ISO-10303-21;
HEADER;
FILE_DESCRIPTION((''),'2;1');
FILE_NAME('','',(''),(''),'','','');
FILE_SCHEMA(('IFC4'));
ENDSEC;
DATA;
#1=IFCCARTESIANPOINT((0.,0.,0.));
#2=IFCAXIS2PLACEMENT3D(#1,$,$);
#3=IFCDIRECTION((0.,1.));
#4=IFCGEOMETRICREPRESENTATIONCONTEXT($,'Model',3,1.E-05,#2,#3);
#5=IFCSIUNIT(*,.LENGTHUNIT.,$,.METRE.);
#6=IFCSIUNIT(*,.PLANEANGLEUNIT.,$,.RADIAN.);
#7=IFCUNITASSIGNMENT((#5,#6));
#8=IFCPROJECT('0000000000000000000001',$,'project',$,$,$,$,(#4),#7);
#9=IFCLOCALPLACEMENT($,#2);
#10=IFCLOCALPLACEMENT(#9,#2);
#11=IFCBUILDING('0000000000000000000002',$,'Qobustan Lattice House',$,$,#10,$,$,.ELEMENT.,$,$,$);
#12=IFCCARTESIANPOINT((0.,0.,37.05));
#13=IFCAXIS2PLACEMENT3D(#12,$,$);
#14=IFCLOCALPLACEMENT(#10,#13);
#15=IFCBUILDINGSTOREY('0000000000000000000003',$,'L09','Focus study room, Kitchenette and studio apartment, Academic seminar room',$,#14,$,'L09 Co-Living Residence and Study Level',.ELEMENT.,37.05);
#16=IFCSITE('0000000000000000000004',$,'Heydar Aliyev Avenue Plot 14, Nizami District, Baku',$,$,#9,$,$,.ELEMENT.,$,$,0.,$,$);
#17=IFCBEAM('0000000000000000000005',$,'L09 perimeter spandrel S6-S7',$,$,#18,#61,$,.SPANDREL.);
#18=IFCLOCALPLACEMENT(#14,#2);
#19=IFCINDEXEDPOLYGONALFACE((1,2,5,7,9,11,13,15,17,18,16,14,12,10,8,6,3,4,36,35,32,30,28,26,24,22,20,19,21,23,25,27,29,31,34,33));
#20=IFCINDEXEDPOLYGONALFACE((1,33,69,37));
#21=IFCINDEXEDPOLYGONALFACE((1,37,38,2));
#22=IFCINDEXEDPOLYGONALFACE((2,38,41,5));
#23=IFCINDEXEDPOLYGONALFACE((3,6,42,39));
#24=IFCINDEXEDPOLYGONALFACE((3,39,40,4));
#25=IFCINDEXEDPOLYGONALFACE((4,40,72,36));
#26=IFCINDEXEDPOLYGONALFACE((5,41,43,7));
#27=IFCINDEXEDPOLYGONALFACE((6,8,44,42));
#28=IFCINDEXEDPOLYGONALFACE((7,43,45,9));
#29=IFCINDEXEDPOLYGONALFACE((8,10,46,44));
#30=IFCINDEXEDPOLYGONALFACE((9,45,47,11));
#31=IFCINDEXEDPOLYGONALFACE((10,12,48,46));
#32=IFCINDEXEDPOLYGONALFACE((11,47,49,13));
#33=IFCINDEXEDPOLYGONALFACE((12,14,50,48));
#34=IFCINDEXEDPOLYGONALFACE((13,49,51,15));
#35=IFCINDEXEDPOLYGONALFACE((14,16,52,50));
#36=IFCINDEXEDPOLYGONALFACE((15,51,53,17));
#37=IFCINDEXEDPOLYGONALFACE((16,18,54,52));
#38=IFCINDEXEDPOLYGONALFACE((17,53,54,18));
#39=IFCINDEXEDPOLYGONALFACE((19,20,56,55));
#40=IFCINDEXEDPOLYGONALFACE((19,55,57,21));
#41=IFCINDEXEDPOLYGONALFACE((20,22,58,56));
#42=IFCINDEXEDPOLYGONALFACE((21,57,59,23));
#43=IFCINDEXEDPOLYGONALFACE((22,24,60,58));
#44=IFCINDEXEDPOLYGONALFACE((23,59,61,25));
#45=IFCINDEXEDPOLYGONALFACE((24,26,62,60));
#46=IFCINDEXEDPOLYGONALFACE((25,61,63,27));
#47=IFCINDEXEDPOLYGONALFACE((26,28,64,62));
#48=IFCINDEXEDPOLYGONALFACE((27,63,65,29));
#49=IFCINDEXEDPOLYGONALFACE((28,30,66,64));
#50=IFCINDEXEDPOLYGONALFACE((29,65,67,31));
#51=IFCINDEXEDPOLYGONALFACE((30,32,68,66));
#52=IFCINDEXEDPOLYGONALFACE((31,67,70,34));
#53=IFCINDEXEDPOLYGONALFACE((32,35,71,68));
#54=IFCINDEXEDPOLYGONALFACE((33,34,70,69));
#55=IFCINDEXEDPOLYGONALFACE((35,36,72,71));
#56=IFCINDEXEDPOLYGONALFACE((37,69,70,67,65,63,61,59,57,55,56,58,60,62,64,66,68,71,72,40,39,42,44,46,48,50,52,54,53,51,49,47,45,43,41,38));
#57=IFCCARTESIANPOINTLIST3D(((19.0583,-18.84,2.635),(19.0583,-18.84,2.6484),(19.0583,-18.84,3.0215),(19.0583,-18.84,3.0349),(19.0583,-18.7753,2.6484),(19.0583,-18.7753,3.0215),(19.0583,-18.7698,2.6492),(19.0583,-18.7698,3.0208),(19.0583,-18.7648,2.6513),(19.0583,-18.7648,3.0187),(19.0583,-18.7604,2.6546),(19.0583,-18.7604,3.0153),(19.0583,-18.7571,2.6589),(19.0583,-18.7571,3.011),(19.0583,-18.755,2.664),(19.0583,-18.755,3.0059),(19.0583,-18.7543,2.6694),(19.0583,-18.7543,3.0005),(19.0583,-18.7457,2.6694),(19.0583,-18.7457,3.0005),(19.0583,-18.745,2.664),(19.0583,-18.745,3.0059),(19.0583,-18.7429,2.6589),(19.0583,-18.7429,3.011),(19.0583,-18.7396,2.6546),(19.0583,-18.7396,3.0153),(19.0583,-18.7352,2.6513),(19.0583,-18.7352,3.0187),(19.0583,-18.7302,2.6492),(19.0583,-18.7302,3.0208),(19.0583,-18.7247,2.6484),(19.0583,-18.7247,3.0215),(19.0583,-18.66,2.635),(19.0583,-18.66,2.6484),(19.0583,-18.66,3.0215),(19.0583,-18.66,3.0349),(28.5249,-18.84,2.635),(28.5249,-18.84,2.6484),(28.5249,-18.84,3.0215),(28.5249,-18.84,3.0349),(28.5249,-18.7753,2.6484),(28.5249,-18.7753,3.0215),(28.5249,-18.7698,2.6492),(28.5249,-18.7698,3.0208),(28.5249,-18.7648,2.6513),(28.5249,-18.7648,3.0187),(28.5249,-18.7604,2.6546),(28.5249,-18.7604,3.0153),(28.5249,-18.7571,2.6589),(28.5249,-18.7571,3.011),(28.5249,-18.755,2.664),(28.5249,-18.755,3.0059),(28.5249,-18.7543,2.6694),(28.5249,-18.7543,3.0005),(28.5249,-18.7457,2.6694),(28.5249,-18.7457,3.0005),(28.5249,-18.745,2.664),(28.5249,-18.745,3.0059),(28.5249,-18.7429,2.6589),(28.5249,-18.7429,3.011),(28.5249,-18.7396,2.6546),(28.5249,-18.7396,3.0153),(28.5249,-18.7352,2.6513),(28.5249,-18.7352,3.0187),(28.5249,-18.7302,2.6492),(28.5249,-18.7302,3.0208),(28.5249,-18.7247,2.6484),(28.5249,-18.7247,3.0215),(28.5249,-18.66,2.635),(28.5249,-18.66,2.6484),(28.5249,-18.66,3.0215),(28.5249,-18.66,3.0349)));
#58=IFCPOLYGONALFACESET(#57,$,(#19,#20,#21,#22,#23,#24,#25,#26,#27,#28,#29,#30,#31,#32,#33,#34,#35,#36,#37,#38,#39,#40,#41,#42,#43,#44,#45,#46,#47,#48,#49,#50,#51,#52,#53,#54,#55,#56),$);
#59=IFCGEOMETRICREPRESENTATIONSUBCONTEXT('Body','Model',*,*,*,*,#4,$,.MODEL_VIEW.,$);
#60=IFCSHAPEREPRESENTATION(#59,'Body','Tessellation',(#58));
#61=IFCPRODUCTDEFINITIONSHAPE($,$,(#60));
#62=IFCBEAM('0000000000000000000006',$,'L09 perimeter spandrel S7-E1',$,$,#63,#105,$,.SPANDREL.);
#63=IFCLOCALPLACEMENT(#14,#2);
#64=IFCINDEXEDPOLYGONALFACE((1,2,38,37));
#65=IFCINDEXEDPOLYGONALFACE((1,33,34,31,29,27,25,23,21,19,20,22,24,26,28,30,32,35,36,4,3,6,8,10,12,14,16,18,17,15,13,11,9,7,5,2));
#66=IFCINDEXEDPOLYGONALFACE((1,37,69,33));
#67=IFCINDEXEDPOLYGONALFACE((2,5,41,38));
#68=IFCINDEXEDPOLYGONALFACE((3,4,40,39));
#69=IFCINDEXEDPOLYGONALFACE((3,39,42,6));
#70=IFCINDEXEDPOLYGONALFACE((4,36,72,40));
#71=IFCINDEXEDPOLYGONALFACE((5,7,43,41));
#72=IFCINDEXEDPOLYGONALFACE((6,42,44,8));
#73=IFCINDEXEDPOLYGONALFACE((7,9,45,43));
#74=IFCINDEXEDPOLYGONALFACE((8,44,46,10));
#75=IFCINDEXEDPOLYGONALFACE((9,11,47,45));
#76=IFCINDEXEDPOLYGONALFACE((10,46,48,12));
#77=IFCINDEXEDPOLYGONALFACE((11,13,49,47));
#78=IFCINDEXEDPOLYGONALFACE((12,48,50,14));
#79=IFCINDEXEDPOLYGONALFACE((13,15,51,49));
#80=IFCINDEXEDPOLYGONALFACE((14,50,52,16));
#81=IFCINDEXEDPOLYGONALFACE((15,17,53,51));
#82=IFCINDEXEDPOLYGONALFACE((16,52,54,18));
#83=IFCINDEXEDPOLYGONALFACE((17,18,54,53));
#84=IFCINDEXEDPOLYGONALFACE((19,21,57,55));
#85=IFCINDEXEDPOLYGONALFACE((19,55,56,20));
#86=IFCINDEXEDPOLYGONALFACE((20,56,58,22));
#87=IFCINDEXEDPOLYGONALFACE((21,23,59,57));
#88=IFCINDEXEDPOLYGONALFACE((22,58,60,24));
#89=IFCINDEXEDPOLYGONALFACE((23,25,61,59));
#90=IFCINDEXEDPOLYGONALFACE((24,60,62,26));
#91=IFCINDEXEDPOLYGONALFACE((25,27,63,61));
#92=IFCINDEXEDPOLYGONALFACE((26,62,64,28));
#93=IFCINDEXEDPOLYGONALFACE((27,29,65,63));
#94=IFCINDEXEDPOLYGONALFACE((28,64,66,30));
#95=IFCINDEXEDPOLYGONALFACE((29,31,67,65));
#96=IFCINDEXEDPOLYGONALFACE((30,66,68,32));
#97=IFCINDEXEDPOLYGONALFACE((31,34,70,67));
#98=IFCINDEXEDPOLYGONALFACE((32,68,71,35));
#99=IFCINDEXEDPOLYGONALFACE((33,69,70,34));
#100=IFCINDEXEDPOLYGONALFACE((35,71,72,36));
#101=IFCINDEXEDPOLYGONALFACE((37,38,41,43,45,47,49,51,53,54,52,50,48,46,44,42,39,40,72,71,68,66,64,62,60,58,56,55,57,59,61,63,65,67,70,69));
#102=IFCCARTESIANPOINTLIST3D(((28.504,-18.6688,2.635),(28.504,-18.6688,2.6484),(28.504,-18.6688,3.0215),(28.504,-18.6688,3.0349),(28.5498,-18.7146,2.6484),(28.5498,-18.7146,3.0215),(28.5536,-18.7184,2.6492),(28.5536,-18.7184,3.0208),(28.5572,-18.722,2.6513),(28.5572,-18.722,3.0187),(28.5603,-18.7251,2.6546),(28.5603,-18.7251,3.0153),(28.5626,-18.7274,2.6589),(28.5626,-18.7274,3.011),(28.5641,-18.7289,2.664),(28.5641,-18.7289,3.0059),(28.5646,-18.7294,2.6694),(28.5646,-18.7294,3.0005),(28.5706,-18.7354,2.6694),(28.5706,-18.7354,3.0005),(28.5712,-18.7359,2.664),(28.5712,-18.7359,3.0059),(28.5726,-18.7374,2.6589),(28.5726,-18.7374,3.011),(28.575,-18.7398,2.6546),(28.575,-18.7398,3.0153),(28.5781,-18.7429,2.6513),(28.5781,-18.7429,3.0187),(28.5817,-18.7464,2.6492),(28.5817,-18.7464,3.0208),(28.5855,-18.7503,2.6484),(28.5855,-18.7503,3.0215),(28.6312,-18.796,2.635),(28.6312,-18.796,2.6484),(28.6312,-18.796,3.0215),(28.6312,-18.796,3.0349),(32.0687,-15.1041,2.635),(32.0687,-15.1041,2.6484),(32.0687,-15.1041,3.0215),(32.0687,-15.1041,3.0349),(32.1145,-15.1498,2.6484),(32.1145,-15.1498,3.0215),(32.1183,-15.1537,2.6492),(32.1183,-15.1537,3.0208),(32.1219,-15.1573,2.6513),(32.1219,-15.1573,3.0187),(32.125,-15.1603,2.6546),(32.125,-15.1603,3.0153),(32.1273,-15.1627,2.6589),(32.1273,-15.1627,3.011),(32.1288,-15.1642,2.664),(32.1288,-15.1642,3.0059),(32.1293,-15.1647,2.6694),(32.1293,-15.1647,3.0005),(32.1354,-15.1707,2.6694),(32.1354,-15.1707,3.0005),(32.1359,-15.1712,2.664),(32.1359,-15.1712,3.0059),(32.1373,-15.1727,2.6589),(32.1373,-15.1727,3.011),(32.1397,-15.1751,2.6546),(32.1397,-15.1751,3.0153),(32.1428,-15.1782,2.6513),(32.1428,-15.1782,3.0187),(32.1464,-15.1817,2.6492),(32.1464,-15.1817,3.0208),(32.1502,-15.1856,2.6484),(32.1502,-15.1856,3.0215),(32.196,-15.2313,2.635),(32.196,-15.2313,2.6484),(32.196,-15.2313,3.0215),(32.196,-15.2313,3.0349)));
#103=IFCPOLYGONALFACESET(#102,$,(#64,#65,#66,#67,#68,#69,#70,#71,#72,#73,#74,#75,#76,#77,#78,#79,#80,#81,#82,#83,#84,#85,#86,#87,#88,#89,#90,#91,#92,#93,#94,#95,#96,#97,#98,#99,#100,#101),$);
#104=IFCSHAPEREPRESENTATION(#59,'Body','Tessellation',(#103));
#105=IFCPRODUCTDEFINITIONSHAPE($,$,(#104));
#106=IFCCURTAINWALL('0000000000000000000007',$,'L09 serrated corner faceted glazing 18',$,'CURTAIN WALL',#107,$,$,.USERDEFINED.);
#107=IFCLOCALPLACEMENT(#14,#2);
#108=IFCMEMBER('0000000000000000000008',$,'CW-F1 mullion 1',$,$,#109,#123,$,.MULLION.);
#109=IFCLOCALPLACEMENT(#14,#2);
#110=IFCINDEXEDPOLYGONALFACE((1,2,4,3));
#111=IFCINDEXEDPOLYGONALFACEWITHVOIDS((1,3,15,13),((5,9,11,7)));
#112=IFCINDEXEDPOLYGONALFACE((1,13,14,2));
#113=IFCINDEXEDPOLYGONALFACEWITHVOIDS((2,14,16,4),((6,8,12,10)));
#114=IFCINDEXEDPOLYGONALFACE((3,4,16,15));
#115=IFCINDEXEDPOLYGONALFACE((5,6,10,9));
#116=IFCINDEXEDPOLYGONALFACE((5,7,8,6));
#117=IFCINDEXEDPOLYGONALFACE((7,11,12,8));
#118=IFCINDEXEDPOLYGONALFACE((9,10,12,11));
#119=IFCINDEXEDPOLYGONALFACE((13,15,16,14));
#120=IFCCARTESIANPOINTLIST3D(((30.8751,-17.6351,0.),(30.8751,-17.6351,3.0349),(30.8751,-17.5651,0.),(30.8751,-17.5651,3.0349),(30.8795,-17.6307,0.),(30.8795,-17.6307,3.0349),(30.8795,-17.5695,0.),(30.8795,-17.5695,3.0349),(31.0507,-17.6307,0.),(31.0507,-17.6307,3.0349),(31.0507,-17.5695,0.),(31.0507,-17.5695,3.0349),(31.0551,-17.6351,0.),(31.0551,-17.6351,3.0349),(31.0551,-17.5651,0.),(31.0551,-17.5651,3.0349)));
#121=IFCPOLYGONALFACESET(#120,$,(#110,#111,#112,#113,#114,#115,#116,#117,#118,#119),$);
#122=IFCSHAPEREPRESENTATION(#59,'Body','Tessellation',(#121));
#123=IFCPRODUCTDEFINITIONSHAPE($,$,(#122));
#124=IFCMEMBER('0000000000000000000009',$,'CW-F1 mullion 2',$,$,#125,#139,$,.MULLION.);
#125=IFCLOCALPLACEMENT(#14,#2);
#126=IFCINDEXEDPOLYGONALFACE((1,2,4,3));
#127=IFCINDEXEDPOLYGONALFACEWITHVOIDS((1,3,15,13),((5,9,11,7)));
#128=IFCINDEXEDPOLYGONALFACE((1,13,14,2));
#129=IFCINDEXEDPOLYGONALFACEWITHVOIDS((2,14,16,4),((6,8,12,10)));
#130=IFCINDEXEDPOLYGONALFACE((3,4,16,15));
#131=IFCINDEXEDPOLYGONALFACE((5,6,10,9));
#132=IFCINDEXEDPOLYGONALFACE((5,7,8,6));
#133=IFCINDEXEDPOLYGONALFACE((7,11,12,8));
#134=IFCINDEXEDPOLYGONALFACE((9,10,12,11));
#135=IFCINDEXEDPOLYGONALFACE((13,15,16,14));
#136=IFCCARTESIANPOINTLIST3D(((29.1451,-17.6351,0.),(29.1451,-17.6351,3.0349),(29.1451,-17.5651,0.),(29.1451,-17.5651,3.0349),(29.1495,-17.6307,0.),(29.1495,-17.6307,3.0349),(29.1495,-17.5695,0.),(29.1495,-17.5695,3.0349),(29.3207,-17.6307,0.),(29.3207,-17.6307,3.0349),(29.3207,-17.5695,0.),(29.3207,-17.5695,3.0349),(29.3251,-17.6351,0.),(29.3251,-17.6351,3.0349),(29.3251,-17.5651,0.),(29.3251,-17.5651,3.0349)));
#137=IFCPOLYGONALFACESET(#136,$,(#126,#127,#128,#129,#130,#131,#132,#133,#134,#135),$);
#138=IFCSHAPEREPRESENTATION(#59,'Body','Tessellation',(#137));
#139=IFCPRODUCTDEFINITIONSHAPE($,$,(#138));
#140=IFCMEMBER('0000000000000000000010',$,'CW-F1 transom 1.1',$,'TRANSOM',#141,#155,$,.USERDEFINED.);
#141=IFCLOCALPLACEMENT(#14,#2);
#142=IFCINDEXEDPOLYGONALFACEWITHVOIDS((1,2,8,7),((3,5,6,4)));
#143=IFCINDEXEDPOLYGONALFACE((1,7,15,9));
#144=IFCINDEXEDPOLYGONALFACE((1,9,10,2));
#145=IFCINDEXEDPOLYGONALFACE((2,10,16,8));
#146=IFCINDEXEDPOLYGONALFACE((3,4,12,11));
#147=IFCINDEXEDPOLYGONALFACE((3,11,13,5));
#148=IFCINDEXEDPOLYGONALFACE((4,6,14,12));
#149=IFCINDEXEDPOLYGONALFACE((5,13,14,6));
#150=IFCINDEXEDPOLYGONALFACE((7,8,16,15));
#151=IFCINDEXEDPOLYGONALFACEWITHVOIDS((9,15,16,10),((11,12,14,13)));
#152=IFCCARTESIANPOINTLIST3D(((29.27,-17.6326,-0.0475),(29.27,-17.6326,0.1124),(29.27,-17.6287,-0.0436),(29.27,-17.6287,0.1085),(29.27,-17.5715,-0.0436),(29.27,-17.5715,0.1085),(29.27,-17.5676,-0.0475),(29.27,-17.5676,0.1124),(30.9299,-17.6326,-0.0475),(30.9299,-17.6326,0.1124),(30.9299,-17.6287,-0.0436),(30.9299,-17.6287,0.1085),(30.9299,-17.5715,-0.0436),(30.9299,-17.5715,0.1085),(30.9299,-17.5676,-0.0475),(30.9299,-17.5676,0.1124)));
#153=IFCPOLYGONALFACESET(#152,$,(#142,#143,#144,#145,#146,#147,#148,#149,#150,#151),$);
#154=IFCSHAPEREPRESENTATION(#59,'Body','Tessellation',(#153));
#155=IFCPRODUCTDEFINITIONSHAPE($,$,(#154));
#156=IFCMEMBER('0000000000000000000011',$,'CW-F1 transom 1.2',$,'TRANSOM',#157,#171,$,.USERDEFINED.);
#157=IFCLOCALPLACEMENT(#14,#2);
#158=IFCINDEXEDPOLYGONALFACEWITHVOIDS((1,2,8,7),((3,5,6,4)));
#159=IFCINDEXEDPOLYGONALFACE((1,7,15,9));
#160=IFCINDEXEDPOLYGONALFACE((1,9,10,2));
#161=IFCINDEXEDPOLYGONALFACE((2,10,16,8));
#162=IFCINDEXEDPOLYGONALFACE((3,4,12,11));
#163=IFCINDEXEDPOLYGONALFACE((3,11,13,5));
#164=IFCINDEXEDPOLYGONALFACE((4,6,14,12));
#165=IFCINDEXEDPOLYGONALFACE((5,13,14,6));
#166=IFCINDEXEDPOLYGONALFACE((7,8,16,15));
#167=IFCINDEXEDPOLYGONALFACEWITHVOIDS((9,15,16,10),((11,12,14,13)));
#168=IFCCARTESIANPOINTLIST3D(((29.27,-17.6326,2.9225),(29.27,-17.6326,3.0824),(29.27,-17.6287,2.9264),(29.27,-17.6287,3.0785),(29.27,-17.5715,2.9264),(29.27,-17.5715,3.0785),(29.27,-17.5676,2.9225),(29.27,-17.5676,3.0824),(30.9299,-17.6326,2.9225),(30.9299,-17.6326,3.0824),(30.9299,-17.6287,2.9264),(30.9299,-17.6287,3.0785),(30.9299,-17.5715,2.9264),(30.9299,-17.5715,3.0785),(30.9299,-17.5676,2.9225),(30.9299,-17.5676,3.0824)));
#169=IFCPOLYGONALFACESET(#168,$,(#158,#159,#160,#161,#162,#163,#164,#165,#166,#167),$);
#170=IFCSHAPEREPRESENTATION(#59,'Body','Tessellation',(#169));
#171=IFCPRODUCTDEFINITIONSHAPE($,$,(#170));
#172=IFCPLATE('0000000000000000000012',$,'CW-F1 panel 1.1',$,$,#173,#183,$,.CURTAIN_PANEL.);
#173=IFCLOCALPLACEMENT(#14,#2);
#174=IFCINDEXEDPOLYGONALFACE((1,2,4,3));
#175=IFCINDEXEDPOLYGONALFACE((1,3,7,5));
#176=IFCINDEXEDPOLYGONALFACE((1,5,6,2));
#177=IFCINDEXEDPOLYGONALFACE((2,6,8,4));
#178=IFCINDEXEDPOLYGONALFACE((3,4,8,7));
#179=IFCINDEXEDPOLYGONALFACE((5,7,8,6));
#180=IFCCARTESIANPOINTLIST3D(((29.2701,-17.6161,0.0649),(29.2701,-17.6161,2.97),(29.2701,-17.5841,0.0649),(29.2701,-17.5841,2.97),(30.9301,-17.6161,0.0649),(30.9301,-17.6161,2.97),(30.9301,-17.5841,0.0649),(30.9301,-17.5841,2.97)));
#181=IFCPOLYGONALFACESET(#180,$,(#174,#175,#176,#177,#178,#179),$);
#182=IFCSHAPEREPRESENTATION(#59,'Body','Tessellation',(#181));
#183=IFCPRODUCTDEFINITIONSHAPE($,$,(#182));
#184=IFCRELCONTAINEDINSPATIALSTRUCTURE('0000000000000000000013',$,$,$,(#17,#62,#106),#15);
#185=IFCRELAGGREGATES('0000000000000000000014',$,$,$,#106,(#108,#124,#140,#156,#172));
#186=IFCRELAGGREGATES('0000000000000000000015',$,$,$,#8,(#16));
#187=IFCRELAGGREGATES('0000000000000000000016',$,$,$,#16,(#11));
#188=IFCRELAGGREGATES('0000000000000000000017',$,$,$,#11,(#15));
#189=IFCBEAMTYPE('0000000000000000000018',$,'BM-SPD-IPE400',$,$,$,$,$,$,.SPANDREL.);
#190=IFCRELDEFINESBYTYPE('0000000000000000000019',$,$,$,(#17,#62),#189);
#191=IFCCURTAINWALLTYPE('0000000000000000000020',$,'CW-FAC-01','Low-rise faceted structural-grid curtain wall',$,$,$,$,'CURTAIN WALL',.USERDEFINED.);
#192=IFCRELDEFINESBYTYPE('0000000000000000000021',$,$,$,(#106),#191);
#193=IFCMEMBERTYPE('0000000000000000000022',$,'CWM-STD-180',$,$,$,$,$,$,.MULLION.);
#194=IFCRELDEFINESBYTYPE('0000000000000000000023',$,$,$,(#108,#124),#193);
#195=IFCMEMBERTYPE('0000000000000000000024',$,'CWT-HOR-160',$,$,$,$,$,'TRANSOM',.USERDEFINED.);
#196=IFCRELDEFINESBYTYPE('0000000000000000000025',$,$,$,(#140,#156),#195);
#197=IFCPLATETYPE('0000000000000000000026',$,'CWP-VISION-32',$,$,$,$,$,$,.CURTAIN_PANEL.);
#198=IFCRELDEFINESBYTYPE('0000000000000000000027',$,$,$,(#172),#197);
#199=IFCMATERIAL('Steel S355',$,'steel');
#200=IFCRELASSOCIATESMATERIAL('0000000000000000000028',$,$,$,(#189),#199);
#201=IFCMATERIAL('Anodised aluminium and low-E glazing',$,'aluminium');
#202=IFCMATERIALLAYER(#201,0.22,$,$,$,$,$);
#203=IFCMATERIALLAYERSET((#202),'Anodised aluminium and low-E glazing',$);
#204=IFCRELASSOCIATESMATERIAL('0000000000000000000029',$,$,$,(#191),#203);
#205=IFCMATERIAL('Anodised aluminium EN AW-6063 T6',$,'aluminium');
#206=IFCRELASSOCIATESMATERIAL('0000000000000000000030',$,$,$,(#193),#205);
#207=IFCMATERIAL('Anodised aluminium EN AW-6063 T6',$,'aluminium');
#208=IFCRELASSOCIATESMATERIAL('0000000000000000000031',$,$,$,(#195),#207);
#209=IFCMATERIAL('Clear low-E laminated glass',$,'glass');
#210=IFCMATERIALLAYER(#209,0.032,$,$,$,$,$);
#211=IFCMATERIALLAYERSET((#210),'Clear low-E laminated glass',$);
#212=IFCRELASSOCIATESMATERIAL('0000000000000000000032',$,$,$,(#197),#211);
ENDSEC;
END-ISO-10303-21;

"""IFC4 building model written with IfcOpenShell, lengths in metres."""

from ifc_helpers import new_model, si_unit, direction, frame, origin, origin_2d, place, context, subcontext, project, spatial, rectangle, hollow_rectangle, i_section, extrude, material, layer, layer_set, material_profile, profile_set, type_object, element, aggregate, save


model = new_model("IFC4")

# Units and contexts
model_context = context("Model", 3, precision=1e-05, world=origin(), true_north=direction((0.0, 1.0)))
body_context = subcontext(model_context, "Body", "Model", "MODEL_VIEW")
ifc_project = project(units=[si_unit("LENGTHUNIT", "METRE"), si_unit("PLANEANGLEUNIT", "RADIAN")], contexts=[model_context])

# Site, building, storey
site_placement = place(None, origin())
site = spatial("IfcSite", under=ifc_project, at=site_placement, Name="Heydar Aliyev Avenue Plot 14, Nizami District, Baku", CompositionType="ELEMENT", RefElevation=0.0)
building_placement = place(site_placement, origin())
building = spatial("IfcBuilding", under=site, at=building_placement, Name="Qobustan Lattice House", CompositionType="ELEMENT")
storey_placement = place(building_placement, frame((0.0, 0.0, 37.05)))
storey = spatial("IfcBuildingStorey", under=building, at=storey_placement, Name="L09", Description="Focus study room, Kitchenette and studio apartment, Academic seminar room", LongName="L09 Co-Living Residence and Study Level", CompositionType="ELEMENT", Elevation=37.05)

# Beams
ifc_material_1 = material(Name="Steel S355", Category="steel")
ifc_material_profile_1 = material_profile(ifc_material_1, i_section(OverallWidth=0.1799, OverallDepth=0.3999, WebThickness=0.0085, FlangeThickness=0.0134, FilletRadius=0.021, at=origin_2d()), Name="IPE400")
ifc_profile_set_1 = profile_set([ifc_material_profile_1], Name="Steel S355")
beam_type_1 = type_object("IfcBeamType", Name="BM-SPD-IPE400", PredefinedType="SPANDREL", material=ifc_profile_set_1)
beam_1_placement = place(storey_placement, frame((19.0583, -18.75, 2.835), z_axis=(1.0, 0.0, 0.0), x_axis=(0.0, 1.0, 0.0)))
element("IfcBeam", 1, at=beam_1_placement, inside=storey, type_object=beam_type_1, Name="L09 perimeter spandrel S6-S7", PredefinedType="SPANDREL", context=body_context, shape_type="SweptSolid", body=[
    extrude(i_section(OverallWidth=0.1799, OverallDepth=0.3999, WebThickness=0.0085, FlangeThickness=0.0134, FilletRadius=0.021, at=origin_2d()), origin(), (0.0, 0.0, 1.0), 9.4666),
])
beam_2_placement = place(storey_placement, frame((28.5676, -18.7324, 2.835), z_axis=(0.707107, 0.707107, 0.0), x_axis=(-0.707107, 0.707107, 0.0)))
element("IfcBeam", 2, at=beam_2_placement, inside=storey, type_object=beam_type_1, Name="L09 perimeter spandrel S7-E1", PredefinedType="SPANDREL", context=body_context, shape_type="SweptSolid", body=[
    extrude(i_section(OverallWidth=0.1799, OverallDepth=0.3999, WebThickness=0.0085, FlangeThickness=0.0134, FilletRadius=0.021, at=origin_2d()), origin(), (0.0, 0.0, 1.0), 5.0413),
])

# Curtain wall, members, plate
ifc_material_2 = material(Name="Anodised aluminium and low-E glazing", Category="aluminium")
ifc_layer_1 = layer(ifc_material_2, 0.22)
ifc_layer_set_1 = layer_set([ifc_layer_1], Name="Anodised aluminium and low-E glazing")
curtain_wall_type = type_object("IfcCurtainWallType", Name="CW-FAC-01", Description="Low-rise faceted structural-grid curtain wall", ElementType="CURTAIN WALL", PredefinedType="USERDEFINED", material=ifc_layer_set_1)
curtain_wall_placement = place(storey_placement, origin())
curtain_wall = element("IfcCurtainWall", 3, at=curtain_wall_placement, inside=storey, type_object=curtain_wall_type, Name="L09 serrated corner faceted glazing 18", ObjectType="CURTAIN WALL", PredefinedType="USERDEFINED")
ifc_material_3 = material(Name="Anodised aluminium EN AW-6063 T6", Category="aluminium")
ifc_material_profile_2 = material_profile(ifc_material_3, hollow_rectangle(XDim=0.0701, YDim=0.1799, WallThickness=0.0044, at=origin_2d()), Name="CWM-180x70")
ifc_profile_set_2 = profile_set([ifc_material_profile_2], Name="Anodised aluminium EN AW-6063 T6")
member_type_1 = type_object("IfcMemberType", Name="CWM-STD-180", PredefinedType="MULLION", material=ifc_profile_set_2)
member_1_placement = place(storey_placement, frame((30.9651, -17.6001, 0.0), z_axis=(0.0, 0.0, 1.0), x_axis=(0.0, -1.0, 0.0)))
member_1 = element("IfcMember", 4, at=member_1_placement, type_object=member_type_1, Name="CW-F1 mullion 1", PredefinedType="MULLION", context=body_context, shape_type="SweptSolid", body=[
    extrude(hollow_rectangle(XDim=0.0701, YDim=0.1799, WallThickness=0.0044, at=origin_2d()), origin(), (0.0, 0.0, 1.0), 3.0349),
])
member_2_placement = place(storey_placement, frame((29.2351, -17.6001, 0.0), z_axis=(0.0, 0.0, 1.0), x_axis=(0.0, -1.0, 0.0)))
member_2 = element("IfcMember", 5, at=member_2_placement, type_object=member_type_1, Name="CW-F1 mullion 2", PredefinedType="MULLION", context=body_context, shape_type="SweptSolid", body=[
    extrude(hollow_rectangle(XDim=0.0701, YDim=0.1799, WallThickness=0.0044, at=origin_2d()), origin(), (0.0, 0.0, 1.0), 3.0349),
])
ifc_material_4 = material(Name="Anodised aluminium EN AW-6063 T6", Category="aluminium")
ifc_material_profile_3 = material_profile(ifc_material_4, hollow_rectangle(XDim=0.0649, YDim=0.1599, WallThickness=0.0039, at=origin_2d()), Name="CWT-160x65")
ifc_profile_set_3 = profile_set([ifc_material_profile_3], Name="Anodised aluminium EN AW-6063 T6")
member_type_2 = type_object("IfcMemberType", Name="CWT-HOR-160", ElementType="TRANSOM", PredefinedType="USERDEFINED", material=ifc_profile_set_3)
member_3_placement = place(storey_placement, frame((30.9299, -17.6001, 0.0325), z_axis=(-1.0, 0.0, 0.0), x_axis=(0.0, -1.0, 0.0)))
member_3 = element("IfcMember", 6, at=member_3_placement, type_object=member_type_2, Name="CW-F1 transom 1.1", ObjectType="TRANSOM", PredefinedType="USERDEFINED", context=body_context, shape_type="SweptSolid", body=[
    extrude(hollow_rectangle(XDim=0.0649, YDim=0.1599, WallThickness=0.0039, at=origin_2d()), origin(), (0.0, 0.0, 1.0), 1.6599),
])
member_4_placement = place(storey_placement, frame((30.9299, -17.6001, 3.0024), z_axis=(-1.0, 0.0, 0.0), x_axis=(0.0, -1.0, 0.0)))
member_4 = element("IfcMember", 7, at=member_4_placement, type_object=member_type_2, Name="CW-F1 transom 1.2", ObjectType="TRANSOM", PredefinedType="USERDEFINED", context=body_context, shape_type="SweptSolid", body=[
    extrude(hollow_rectangle(XDim=0.0649, YDim=0.1599, WallThickness=0.0039, at=origin_2d()), origin(), (0.0, 0.0, 1.0), 1.6599),
])
ifc_material_5 = material(Name="Clear low-E laminated glass", Category="glass")
ifc_layer_2 = layer(ifc_material_5, 0.032)
ifc_layer_set_2 = layer_set([ifc_layer_2], Name="Clear low-E laminated glass")
plate_type_1 = type_object("IfcPlateType", Name="CWP-VISION-32", PredefinedType="CURTAIN_PANEL", material=ifc_layer_set_2)
plate_1_placement = place(storey_placement, frame((30.1001, -17.6001, 0.0649), z_axis=(0.0, 0.0, 1.0), x_axis=(-1.0, 0.0, 0.0)))
plate_1 = element("IfcPlate", 8, at=plate_1_placement, type_object=plate_type_1, Name="CW-F1 panel 1.1", PredefinedType="CURTAIN_PANEL", context=body_context, shape_type="SweptSolid", body=[
    extrude(rectangle(XDim=1.6599, YDim=0.032, at=origin_2d()), origin(), (0.0, 0.0, 1.0), 2.905),
])
aggregate(curtain_wall, [member_1, member_2, member_3, member_4, plate_1])

save(model, "model.ifc")
